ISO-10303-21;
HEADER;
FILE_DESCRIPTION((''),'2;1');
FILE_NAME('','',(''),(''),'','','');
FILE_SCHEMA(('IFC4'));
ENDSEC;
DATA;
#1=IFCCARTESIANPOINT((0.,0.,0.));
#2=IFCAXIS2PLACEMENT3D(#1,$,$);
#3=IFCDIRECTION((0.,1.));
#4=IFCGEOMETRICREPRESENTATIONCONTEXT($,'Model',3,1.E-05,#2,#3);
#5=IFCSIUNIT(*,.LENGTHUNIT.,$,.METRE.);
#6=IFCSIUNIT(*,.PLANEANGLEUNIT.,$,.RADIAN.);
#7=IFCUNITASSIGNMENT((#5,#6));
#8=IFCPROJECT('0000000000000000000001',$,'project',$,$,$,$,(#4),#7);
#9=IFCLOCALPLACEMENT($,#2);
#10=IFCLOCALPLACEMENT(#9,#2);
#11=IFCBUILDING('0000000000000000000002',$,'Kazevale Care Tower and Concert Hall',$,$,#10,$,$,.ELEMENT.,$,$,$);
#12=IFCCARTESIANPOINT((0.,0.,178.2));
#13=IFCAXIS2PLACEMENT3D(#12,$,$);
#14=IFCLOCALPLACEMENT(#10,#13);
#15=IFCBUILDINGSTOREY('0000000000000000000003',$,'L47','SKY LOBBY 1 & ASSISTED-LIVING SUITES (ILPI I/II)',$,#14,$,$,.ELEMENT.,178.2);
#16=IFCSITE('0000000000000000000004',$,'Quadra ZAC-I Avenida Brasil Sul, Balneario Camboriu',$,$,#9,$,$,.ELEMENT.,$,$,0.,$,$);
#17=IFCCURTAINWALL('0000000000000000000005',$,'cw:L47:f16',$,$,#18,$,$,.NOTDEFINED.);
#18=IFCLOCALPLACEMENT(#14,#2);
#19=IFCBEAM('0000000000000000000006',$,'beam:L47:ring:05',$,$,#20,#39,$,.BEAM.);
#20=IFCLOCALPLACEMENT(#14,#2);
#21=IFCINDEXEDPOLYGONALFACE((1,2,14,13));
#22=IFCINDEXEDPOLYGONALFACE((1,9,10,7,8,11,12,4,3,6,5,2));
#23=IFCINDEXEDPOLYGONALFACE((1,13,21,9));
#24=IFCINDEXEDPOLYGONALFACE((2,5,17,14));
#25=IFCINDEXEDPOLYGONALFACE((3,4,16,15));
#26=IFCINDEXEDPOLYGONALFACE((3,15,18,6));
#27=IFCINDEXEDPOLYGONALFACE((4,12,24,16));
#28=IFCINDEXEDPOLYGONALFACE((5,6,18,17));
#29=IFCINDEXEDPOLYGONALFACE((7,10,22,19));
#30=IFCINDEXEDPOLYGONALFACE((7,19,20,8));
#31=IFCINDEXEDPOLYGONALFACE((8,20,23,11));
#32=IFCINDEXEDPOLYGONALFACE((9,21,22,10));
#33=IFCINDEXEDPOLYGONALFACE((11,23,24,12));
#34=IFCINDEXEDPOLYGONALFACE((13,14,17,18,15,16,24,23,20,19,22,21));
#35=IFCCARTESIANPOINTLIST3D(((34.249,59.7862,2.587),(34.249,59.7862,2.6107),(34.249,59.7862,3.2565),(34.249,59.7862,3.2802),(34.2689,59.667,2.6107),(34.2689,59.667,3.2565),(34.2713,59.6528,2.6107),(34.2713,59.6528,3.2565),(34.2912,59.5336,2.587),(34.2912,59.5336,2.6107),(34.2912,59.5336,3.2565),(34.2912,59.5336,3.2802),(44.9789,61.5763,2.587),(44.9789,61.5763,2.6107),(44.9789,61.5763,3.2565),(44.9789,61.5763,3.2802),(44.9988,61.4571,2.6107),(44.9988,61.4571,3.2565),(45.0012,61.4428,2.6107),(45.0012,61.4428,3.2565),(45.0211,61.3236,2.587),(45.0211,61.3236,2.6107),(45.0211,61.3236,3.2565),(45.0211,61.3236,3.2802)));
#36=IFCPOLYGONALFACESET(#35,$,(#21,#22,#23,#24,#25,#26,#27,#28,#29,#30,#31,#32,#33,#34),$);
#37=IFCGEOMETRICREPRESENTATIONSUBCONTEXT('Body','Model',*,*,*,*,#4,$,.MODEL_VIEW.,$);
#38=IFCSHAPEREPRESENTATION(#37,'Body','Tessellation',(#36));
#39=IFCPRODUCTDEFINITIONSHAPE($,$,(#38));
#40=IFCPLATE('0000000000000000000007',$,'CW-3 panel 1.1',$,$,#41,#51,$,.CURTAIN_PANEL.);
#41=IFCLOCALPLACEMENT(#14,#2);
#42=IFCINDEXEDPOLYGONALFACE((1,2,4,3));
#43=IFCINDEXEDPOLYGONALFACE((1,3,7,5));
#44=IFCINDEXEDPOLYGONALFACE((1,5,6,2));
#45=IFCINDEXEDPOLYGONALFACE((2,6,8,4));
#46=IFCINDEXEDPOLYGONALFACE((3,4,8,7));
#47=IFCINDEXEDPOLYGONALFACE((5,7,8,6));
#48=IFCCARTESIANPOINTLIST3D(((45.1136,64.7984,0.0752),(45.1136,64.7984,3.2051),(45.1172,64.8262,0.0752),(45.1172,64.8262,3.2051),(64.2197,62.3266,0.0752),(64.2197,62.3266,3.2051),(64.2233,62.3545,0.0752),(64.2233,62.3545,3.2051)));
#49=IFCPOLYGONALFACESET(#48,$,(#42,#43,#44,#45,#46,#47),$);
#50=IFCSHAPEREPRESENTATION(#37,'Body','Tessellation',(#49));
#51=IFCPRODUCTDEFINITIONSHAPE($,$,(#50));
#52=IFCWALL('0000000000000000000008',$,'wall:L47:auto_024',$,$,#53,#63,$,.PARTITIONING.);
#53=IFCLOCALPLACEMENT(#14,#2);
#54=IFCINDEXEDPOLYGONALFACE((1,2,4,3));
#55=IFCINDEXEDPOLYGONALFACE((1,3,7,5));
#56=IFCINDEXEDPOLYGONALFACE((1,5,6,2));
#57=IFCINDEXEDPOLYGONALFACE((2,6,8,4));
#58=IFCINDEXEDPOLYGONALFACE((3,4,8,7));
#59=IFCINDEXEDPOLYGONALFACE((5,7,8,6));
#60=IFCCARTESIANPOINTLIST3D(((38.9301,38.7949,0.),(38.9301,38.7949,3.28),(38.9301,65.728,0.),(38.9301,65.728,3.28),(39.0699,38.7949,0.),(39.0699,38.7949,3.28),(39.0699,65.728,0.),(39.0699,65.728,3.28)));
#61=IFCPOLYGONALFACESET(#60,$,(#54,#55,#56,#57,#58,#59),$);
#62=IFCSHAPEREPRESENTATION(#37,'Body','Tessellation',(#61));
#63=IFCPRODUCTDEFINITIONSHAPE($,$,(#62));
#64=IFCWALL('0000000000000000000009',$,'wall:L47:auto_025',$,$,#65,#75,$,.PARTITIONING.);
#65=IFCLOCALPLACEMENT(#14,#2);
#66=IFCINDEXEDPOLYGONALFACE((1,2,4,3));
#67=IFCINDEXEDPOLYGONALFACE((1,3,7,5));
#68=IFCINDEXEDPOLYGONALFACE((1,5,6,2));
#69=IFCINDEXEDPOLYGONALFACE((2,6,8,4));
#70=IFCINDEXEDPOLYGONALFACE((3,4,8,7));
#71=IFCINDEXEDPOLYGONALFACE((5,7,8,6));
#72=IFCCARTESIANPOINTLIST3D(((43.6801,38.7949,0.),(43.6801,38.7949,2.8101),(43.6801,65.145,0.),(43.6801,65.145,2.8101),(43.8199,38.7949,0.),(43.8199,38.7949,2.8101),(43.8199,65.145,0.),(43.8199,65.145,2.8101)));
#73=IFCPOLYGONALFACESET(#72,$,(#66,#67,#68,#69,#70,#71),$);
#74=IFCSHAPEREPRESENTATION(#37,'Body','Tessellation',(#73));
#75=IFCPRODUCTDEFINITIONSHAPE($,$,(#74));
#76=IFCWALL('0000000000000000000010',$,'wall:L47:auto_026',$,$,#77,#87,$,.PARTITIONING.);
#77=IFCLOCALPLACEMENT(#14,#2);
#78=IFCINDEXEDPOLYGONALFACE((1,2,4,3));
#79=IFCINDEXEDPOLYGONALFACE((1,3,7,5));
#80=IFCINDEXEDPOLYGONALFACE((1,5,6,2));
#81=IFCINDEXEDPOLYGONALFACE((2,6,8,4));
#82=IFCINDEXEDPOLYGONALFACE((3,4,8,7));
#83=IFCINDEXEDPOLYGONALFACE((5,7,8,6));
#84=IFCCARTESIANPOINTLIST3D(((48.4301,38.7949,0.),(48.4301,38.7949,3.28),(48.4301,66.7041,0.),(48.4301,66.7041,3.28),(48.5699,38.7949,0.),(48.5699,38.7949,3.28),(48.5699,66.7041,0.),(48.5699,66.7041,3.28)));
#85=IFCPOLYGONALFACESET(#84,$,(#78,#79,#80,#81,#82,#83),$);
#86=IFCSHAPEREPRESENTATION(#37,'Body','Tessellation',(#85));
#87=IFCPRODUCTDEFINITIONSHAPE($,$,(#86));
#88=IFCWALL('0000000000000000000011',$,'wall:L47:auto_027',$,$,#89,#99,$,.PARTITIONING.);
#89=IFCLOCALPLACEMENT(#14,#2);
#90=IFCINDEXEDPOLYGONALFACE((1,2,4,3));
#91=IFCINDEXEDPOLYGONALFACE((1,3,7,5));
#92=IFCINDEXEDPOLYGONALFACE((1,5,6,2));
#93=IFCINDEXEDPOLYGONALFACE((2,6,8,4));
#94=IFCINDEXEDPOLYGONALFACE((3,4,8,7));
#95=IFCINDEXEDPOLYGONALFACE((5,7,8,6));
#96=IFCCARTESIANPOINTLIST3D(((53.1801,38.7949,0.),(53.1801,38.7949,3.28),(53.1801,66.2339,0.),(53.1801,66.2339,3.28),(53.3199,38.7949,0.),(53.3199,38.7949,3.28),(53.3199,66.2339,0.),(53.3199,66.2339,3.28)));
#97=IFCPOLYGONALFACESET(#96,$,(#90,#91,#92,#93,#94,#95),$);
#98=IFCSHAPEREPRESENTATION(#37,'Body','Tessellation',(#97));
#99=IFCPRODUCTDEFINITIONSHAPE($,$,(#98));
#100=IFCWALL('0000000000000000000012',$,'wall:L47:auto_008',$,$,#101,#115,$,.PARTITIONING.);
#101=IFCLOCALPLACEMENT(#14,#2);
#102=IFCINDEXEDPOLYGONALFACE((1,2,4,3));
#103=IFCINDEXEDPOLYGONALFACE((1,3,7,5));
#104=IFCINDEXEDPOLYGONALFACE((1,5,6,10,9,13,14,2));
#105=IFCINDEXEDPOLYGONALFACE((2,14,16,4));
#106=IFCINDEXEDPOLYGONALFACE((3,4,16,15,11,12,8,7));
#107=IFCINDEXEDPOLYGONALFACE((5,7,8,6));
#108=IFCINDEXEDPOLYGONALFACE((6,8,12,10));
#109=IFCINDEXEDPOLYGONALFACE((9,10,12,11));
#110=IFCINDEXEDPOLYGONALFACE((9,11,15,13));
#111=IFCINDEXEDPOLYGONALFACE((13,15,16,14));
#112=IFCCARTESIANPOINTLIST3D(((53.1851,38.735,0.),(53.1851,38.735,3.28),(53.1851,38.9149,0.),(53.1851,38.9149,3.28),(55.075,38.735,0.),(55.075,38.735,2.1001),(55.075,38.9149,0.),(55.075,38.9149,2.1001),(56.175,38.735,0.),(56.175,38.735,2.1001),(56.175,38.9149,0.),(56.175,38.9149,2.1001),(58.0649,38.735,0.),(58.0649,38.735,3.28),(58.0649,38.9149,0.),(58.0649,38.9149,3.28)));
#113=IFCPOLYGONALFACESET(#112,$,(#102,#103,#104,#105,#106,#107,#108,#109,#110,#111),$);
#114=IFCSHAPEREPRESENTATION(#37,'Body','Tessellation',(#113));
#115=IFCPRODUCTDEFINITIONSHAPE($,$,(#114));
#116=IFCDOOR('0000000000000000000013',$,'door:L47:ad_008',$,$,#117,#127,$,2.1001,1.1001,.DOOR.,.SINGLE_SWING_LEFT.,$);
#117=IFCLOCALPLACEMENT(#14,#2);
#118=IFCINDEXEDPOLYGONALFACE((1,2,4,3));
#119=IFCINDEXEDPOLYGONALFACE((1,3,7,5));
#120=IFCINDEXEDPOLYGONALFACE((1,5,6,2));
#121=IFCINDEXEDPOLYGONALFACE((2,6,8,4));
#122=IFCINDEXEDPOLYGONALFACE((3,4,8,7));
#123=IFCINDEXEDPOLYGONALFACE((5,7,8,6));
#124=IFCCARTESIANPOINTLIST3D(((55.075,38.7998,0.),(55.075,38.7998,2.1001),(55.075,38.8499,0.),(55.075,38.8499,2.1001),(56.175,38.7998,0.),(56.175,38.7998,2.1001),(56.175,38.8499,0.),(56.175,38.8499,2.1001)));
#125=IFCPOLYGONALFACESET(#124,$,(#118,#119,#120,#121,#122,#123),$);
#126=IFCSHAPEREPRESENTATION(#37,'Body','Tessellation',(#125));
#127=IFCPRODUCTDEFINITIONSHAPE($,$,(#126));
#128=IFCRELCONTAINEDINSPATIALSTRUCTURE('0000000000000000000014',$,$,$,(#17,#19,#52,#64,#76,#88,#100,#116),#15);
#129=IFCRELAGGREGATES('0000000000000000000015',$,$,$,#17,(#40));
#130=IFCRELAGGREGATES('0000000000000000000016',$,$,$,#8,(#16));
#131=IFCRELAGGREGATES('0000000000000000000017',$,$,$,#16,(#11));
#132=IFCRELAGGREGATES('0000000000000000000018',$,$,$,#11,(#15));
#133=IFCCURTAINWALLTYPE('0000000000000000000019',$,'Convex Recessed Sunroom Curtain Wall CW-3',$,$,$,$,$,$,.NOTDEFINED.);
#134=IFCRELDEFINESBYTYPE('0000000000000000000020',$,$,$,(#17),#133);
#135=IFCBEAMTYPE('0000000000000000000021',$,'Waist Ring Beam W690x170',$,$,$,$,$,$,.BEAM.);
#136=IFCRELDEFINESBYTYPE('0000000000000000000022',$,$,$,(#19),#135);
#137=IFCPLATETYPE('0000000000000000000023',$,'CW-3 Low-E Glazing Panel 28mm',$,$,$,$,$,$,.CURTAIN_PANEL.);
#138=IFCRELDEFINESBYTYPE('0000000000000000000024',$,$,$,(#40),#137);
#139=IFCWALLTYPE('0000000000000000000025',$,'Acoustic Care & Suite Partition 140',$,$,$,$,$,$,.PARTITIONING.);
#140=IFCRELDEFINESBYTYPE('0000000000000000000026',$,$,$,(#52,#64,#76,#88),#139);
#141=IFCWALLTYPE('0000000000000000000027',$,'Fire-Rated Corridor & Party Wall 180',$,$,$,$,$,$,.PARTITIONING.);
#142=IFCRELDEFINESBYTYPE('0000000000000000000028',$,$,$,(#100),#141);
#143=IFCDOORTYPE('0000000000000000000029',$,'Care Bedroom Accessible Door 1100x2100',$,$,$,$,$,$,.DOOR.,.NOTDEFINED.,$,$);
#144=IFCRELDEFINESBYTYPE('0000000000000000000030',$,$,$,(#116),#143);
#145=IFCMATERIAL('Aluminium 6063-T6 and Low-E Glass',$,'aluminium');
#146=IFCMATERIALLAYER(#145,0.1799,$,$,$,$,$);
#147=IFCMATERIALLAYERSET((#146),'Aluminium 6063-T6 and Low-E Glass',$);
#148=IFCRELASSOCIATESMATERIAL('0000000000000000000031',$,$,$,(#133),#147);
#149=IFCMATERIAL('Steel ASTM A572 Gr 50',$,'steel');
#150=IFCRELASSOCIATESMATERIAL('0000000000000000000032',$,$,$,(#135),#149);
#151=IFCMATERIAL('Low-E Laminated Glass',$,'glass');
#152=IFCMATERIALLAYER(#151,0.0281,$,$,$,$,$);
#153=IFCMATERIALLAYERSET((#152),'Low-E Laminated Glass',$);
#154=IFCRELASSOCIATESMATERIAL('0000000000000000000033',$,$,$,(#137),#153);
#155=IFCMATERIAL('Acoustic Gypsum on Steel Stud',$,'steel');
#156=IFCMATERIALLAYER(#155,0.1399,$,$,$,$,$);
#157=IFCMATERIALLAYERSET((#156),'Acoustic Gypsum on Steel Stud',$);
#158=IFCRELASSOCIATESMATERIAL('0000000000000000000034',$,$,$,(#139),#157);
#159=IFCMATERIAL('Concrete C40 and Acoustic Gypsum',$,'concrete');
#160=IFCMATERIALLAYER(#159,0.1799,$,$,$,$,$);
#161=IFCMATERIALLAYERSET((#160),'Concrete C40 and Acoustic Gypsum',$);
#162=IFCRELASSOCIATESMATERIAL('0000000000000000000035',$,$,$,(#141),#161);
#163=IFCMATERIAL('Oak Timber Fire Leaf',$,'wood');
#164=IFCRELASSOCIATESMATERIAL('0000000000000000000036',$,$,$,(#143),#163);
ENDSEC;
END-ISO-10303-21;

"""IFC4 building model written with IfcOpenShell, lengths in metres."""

from ifc_helpers import new_model, si_unit, direction, frame, frame_2d, origin, origin_2d, place, context, subcontext, project, spatial, rectangle, i_section, extrude, material, layer, layer_set, material_profile, profile_set, type_object, element, fill, aggregate, save


model = new_model("IFC4")

# Units and contexts
model_context = context("Model", 3, precision=1e-05, world=origin(), true_north=direction((0.0, 1.0)))
body_context = subcontext(model_context, "Body", "Model", "MODEL_VIEW")
ifc_project = project(units=[si_unit("LENGTHUNIT", "METRE"), si_unit("PLANEANGLEUNIT", "RADIAN")], contexts=[model_context])

# Site, building, storey
site_placement = place(None, origin())
site = spatial("IfcSite", under=ifc_project, at=site_placement, Name="Quadra ZAC-I Avenida Brasil Sul, Balneario Camboriu", CompositionType="ELEMENT", RefElevation=0.0)
building_placement = place(site_placement, origin())
building = spatial("IfcBuilding", under=site, at=building_placement, Name="Kazevale Care Tower and Concert Hall", CompositionType="ELEMENT")
storey_placement = place(building_placement, frame((0.0, 0.0, 178.2)))
storey = spatial("IfcBuildingStorey", under=building, at=storey_placement, Name="L47", Description="SKY LOBBY 1 & ASSISTED-LIVING SUITES (ILPI I/II)", CompositionType="ELEMENT", Elevation=178.2)

# Curtain wall
ifc_material_1 = material(Name="Aluminium 6063-T6 and Low-E Glass", Category="aluminium")
ifc_layer_1 = layer(ifc_material_1, 0.1799)
ifc_layer_set_1 = layer_set([ifc_layer_1], Name="Aluminium 6063-T6 and Low-E Glass")
curtain_wall_type = type_object("IfcCurtainWallType", Name="Convex Recessed Sunroom Curtain Wall CW-3", PredefinedType="NOTDEFINED", material=ifc_layer_set_1)
curtain_wall_placement = place(storey_placement, origin())
curtain_wall = element("IfcCurtainWall", 1, at=curtain_wall_placement, inside=storey, type_object=curtain_wall_type, Name="cw:L47:f16", PredefinedType="NOTDEFINED")

# Beam
ifc_material_2 = material(Name="Steel ASTM A572 Gr 50", Category="steel")
ifc_material_profile_1 = material_profile(ifc_material_2, i_section(OverallWidth=0.2561, OverallDepth=0.6931, WebThickness=0.0144, FlangeThickness=0.0237, at=origin_2d()), Name="W690x170")
ifc_profile_set_1 = profile_set([ifc_material_profile_1], Name="Steel ASTM A572 Gr 50")
beam_type_1 = type_object("IfcBeamType", Name="Waist Ring Beam W690x170", PredefinedType="BEAM", material=ifc_profile_set_1)
beam_1_placement = place(storey_placement, frame((45.0, 61.45, 2.9336), z_axis=(-0.986368, -0.164552, 0.0), x_axis=(0.164552, -0.986368, 0.0)))
element("IfcBeam", 2, at=beam_1_placement, inside=storey, type_object=beam_type_1, Name="beam:L47:ring:05", PredefinedType="BEAM", context=body_context, shape_type="SweptSolid", body=[
    extrude(i_section(OverallWidth=0.2561, OverallDepth=0.6931, WebThickness=0.0144, FlangeThickness=0.0237, at=origin_2d()), origin(), (0.0, 0.0, 1.0), 10.8782),
])

# Plate
ifc_material_3 = material(Name="Low-E Laminated Glass", Category="glass")
ifc_layer_2 = layer(ifc_material_3, 0.0281)
ifc_layer_set_2 = layer_set([ifc_layer_2], Name="Low-E Laminated Glass")
plate_type = type_object("IfcPlateType", Name="CW-3 Low-E Glazing Panel 28mm", PredefinedType="CURTAIN_PANEL", material=ifc_layer_set_2)
plate_placement = place(storey_placement, frame((54.6685, 63.5764, 0.0752), z_axis=(0.0, 0.0, 1.0), x_axis=(0.991735, -0.1283, 0.0)))
plate = element("IfcPlate", 3, at=plate_placement, type_object=plate_type, Name="CW-3 panel 1.1", PredefinedType="CURTAIN_PANEL", context=body_context, shape_type="SweptSolid", body=[
    extrude(rectangle(XDim=19.2654, YDim=0.0281, at=origin_2d()), origin(), (0.0, 0.0, 1.0), 3.1299),
])
aggregate(curtain_wall, [plate])

# Walls
ifc_material_4 = material(Name="Acoustic Gypsum on Steel Stud", Category="steel")
ifc_layer_3 = layer(ifc_material_4, 0.1399)
ifc_layer_set_3 = layer_set([ifc_layer_3], Name="Acoustic Gypsum on Steel Stud")
wall_type_1 = type_object("IfcWallType", Name="Acoustic Care & Suite Partition 140", PredefinedType="PARTITIONING", material=ifc_layer_set_3)
wall_1_placement = place(storey_placement, frame((39.0, 65.728, 0.0), z_axis=(0.0, 0.0, 1.0), x_axis=(0.0, -1.0, 0.0)))
element("IfcWall", 4, at=wall_1_placement, inside=storey, type_object=wall_type_1, Name="wall:L47:auto_024", PredefinedType="PARTITIONING", context=body_context, shape_type="SweptSolid", body=[
    extrude(rectangle(XDim=26.9331, YDim=0.1399, at=frame_2d((13.4666, 0.0))), origin(), (0.0, 0.0, 1.0), 3.28),
])
wall_2_placement = place(storey_placement, frame((43.75, 65.145, 0.0), z_axis=(0.0, 0.0, 1.0), x_axis=(0.0, -1.0, 0.0)))
element("IfcWall", 5, at=wall_2_placement, inside=storey, type_object=wall_type_1, Name="wall:L47:auto_025", PredefinedType="PARTITIONING", context=body_context, shape_type="SweptSolid", body=[
    extrude(rectangle(XDim=26.3501, YDim=0.1399, at=frame_2d((13.175, 0.0))), origin(), (0.0, 0.0, 1.0), 2.8101),
])
wall_3_placement = place(storey_placement, frame((48.5, 66.7041, 0.0), z_axis=(0.0, 0.0, 1.0), x_axis=(0.0, -1.0, 0.0)))
element("IfcWall", 6, at=wall_3_placement, inside=storey, type_object=wall_type_1, Name="wall:L47:auto_026", PredefinedType="PARTITIONING", context=body_context, shape_type="SweptSolid", body=[
    extrude(rectangle(XDim=27.9092, YDim=0.1399, at=frame_2d((13.9546, 0.0))), origin(), (0.0, 0.0, 1.0), 3.28),
])
wall_4_placement = place(storey_placement, frame((53.25, 66.2339, 0.0), z_axis=(0.0, 0.0, 1.0), x_axis=(0.0, -1.0, 0.0)))
element("IfcWall", 7, at=wall_4_placement, inside=storey, type_object=wall_type_1, Name="wall:L47:auto_027", PredefinedType="PARTITIONING", context=body_context, shape_type="SweptSolid", body=[
    extrude(rectangle(XDim=27.439, YDim=0.1399, at=frame_2d((13.7195, 0.0))), origin(), (0.0, 0.0, 1.0), 3.28),
])

# Wall, opening, door
ifc_material_5 = material(Name="Concrete C40 and Acoustic Gypsum", Category="concrete")
ifc_layer_4 = layer(ifc_material_5, 0.1799)
ifc_layer_set_4 = layer_set([ifc_layer_4], Name="Concrete C40 and Acoustic Gypsum")
wall_type_2 = type_object("IfcWallType", Name="Fire-Rated Corridor & Party Wall 180", PredefinedType="PARTITIONING", material=ifc_layer_set_4)
wall_5_placement = place(storey_placement, frame((53.1851, 38.825, 0.0), z_axis=(0.0, 0.0, 1.0), x_axis=(1.0, 0.0, 0.0)))
wall_5 = element("IfcWall", 8, at=wall_5_placement, inside=storey, type_object=wall_type_2, Name="wall:L47:auto_008", PredefinedType="PARTITIONING", context=body_context, shape_type="SweptSolid", body=[
    extrude(rectangle(XDim=4.8799, YDim=0.1799, at=frame_2d((2.4399, 0.0))), origin(), (0.0, 0.0, 1.0), 3.28),
])
opening_placement = place(wall_5_placement, frame((1.8899, 0.0, 0.0)))
opening = element("IfcOpeningElement", 9, at=opening_placement, cuts=wall_5, PredefinedType="OPENING", context=body_context, shape_type="SweptSolid", body=[
    extrude(rectangle(XDim=1.1001, YDim=2.1001, at=frame_2d((0.55, 1.05))), frame((0.0, 0.0999, 0.0), z_axis=(0.0, -1.0, 0.0), x_axis=(1.0, 0.0, 0.0)), (0.0, 0.0, 1.0), 0.2),
])
ifc_material_6 = material(Name="Oak Timber Fire Leaf", Category="wood")
door_type = type_object("IfcDoorType", Name="Care Bedroom Accessible Door 1100x2100", OperationType="NOTDEFINED", PredefinedType="DOOR", material=ifc_material_6)
door_placement = place(opening_placement, origin())
door = element("IfcDoor", 10, at=door_placement, inside=storey, type_object=door_type, Name="door:L47:ad_008", OperationType="SINGLE_SWING_LEFT", OverallHeight=2.1001, OverallWidth=1.1001, PredefinedType="DOOR", context=body_context, shape_type="SweptSolid", body=[
    extrude(rectangle(XDim=1.1001, YDim=2.1001, at=frame_2d((0.55, 1.05))), frame((0.0, 0.0249, 0.0), z_axis=(0.0, -1.0, 0.0), x_axis=(1.0, 0.0, 0.0)), (0.0, 0.0, 1.0), 0.05),
])
fill(opening, door)

save(model, "model.ifc")
